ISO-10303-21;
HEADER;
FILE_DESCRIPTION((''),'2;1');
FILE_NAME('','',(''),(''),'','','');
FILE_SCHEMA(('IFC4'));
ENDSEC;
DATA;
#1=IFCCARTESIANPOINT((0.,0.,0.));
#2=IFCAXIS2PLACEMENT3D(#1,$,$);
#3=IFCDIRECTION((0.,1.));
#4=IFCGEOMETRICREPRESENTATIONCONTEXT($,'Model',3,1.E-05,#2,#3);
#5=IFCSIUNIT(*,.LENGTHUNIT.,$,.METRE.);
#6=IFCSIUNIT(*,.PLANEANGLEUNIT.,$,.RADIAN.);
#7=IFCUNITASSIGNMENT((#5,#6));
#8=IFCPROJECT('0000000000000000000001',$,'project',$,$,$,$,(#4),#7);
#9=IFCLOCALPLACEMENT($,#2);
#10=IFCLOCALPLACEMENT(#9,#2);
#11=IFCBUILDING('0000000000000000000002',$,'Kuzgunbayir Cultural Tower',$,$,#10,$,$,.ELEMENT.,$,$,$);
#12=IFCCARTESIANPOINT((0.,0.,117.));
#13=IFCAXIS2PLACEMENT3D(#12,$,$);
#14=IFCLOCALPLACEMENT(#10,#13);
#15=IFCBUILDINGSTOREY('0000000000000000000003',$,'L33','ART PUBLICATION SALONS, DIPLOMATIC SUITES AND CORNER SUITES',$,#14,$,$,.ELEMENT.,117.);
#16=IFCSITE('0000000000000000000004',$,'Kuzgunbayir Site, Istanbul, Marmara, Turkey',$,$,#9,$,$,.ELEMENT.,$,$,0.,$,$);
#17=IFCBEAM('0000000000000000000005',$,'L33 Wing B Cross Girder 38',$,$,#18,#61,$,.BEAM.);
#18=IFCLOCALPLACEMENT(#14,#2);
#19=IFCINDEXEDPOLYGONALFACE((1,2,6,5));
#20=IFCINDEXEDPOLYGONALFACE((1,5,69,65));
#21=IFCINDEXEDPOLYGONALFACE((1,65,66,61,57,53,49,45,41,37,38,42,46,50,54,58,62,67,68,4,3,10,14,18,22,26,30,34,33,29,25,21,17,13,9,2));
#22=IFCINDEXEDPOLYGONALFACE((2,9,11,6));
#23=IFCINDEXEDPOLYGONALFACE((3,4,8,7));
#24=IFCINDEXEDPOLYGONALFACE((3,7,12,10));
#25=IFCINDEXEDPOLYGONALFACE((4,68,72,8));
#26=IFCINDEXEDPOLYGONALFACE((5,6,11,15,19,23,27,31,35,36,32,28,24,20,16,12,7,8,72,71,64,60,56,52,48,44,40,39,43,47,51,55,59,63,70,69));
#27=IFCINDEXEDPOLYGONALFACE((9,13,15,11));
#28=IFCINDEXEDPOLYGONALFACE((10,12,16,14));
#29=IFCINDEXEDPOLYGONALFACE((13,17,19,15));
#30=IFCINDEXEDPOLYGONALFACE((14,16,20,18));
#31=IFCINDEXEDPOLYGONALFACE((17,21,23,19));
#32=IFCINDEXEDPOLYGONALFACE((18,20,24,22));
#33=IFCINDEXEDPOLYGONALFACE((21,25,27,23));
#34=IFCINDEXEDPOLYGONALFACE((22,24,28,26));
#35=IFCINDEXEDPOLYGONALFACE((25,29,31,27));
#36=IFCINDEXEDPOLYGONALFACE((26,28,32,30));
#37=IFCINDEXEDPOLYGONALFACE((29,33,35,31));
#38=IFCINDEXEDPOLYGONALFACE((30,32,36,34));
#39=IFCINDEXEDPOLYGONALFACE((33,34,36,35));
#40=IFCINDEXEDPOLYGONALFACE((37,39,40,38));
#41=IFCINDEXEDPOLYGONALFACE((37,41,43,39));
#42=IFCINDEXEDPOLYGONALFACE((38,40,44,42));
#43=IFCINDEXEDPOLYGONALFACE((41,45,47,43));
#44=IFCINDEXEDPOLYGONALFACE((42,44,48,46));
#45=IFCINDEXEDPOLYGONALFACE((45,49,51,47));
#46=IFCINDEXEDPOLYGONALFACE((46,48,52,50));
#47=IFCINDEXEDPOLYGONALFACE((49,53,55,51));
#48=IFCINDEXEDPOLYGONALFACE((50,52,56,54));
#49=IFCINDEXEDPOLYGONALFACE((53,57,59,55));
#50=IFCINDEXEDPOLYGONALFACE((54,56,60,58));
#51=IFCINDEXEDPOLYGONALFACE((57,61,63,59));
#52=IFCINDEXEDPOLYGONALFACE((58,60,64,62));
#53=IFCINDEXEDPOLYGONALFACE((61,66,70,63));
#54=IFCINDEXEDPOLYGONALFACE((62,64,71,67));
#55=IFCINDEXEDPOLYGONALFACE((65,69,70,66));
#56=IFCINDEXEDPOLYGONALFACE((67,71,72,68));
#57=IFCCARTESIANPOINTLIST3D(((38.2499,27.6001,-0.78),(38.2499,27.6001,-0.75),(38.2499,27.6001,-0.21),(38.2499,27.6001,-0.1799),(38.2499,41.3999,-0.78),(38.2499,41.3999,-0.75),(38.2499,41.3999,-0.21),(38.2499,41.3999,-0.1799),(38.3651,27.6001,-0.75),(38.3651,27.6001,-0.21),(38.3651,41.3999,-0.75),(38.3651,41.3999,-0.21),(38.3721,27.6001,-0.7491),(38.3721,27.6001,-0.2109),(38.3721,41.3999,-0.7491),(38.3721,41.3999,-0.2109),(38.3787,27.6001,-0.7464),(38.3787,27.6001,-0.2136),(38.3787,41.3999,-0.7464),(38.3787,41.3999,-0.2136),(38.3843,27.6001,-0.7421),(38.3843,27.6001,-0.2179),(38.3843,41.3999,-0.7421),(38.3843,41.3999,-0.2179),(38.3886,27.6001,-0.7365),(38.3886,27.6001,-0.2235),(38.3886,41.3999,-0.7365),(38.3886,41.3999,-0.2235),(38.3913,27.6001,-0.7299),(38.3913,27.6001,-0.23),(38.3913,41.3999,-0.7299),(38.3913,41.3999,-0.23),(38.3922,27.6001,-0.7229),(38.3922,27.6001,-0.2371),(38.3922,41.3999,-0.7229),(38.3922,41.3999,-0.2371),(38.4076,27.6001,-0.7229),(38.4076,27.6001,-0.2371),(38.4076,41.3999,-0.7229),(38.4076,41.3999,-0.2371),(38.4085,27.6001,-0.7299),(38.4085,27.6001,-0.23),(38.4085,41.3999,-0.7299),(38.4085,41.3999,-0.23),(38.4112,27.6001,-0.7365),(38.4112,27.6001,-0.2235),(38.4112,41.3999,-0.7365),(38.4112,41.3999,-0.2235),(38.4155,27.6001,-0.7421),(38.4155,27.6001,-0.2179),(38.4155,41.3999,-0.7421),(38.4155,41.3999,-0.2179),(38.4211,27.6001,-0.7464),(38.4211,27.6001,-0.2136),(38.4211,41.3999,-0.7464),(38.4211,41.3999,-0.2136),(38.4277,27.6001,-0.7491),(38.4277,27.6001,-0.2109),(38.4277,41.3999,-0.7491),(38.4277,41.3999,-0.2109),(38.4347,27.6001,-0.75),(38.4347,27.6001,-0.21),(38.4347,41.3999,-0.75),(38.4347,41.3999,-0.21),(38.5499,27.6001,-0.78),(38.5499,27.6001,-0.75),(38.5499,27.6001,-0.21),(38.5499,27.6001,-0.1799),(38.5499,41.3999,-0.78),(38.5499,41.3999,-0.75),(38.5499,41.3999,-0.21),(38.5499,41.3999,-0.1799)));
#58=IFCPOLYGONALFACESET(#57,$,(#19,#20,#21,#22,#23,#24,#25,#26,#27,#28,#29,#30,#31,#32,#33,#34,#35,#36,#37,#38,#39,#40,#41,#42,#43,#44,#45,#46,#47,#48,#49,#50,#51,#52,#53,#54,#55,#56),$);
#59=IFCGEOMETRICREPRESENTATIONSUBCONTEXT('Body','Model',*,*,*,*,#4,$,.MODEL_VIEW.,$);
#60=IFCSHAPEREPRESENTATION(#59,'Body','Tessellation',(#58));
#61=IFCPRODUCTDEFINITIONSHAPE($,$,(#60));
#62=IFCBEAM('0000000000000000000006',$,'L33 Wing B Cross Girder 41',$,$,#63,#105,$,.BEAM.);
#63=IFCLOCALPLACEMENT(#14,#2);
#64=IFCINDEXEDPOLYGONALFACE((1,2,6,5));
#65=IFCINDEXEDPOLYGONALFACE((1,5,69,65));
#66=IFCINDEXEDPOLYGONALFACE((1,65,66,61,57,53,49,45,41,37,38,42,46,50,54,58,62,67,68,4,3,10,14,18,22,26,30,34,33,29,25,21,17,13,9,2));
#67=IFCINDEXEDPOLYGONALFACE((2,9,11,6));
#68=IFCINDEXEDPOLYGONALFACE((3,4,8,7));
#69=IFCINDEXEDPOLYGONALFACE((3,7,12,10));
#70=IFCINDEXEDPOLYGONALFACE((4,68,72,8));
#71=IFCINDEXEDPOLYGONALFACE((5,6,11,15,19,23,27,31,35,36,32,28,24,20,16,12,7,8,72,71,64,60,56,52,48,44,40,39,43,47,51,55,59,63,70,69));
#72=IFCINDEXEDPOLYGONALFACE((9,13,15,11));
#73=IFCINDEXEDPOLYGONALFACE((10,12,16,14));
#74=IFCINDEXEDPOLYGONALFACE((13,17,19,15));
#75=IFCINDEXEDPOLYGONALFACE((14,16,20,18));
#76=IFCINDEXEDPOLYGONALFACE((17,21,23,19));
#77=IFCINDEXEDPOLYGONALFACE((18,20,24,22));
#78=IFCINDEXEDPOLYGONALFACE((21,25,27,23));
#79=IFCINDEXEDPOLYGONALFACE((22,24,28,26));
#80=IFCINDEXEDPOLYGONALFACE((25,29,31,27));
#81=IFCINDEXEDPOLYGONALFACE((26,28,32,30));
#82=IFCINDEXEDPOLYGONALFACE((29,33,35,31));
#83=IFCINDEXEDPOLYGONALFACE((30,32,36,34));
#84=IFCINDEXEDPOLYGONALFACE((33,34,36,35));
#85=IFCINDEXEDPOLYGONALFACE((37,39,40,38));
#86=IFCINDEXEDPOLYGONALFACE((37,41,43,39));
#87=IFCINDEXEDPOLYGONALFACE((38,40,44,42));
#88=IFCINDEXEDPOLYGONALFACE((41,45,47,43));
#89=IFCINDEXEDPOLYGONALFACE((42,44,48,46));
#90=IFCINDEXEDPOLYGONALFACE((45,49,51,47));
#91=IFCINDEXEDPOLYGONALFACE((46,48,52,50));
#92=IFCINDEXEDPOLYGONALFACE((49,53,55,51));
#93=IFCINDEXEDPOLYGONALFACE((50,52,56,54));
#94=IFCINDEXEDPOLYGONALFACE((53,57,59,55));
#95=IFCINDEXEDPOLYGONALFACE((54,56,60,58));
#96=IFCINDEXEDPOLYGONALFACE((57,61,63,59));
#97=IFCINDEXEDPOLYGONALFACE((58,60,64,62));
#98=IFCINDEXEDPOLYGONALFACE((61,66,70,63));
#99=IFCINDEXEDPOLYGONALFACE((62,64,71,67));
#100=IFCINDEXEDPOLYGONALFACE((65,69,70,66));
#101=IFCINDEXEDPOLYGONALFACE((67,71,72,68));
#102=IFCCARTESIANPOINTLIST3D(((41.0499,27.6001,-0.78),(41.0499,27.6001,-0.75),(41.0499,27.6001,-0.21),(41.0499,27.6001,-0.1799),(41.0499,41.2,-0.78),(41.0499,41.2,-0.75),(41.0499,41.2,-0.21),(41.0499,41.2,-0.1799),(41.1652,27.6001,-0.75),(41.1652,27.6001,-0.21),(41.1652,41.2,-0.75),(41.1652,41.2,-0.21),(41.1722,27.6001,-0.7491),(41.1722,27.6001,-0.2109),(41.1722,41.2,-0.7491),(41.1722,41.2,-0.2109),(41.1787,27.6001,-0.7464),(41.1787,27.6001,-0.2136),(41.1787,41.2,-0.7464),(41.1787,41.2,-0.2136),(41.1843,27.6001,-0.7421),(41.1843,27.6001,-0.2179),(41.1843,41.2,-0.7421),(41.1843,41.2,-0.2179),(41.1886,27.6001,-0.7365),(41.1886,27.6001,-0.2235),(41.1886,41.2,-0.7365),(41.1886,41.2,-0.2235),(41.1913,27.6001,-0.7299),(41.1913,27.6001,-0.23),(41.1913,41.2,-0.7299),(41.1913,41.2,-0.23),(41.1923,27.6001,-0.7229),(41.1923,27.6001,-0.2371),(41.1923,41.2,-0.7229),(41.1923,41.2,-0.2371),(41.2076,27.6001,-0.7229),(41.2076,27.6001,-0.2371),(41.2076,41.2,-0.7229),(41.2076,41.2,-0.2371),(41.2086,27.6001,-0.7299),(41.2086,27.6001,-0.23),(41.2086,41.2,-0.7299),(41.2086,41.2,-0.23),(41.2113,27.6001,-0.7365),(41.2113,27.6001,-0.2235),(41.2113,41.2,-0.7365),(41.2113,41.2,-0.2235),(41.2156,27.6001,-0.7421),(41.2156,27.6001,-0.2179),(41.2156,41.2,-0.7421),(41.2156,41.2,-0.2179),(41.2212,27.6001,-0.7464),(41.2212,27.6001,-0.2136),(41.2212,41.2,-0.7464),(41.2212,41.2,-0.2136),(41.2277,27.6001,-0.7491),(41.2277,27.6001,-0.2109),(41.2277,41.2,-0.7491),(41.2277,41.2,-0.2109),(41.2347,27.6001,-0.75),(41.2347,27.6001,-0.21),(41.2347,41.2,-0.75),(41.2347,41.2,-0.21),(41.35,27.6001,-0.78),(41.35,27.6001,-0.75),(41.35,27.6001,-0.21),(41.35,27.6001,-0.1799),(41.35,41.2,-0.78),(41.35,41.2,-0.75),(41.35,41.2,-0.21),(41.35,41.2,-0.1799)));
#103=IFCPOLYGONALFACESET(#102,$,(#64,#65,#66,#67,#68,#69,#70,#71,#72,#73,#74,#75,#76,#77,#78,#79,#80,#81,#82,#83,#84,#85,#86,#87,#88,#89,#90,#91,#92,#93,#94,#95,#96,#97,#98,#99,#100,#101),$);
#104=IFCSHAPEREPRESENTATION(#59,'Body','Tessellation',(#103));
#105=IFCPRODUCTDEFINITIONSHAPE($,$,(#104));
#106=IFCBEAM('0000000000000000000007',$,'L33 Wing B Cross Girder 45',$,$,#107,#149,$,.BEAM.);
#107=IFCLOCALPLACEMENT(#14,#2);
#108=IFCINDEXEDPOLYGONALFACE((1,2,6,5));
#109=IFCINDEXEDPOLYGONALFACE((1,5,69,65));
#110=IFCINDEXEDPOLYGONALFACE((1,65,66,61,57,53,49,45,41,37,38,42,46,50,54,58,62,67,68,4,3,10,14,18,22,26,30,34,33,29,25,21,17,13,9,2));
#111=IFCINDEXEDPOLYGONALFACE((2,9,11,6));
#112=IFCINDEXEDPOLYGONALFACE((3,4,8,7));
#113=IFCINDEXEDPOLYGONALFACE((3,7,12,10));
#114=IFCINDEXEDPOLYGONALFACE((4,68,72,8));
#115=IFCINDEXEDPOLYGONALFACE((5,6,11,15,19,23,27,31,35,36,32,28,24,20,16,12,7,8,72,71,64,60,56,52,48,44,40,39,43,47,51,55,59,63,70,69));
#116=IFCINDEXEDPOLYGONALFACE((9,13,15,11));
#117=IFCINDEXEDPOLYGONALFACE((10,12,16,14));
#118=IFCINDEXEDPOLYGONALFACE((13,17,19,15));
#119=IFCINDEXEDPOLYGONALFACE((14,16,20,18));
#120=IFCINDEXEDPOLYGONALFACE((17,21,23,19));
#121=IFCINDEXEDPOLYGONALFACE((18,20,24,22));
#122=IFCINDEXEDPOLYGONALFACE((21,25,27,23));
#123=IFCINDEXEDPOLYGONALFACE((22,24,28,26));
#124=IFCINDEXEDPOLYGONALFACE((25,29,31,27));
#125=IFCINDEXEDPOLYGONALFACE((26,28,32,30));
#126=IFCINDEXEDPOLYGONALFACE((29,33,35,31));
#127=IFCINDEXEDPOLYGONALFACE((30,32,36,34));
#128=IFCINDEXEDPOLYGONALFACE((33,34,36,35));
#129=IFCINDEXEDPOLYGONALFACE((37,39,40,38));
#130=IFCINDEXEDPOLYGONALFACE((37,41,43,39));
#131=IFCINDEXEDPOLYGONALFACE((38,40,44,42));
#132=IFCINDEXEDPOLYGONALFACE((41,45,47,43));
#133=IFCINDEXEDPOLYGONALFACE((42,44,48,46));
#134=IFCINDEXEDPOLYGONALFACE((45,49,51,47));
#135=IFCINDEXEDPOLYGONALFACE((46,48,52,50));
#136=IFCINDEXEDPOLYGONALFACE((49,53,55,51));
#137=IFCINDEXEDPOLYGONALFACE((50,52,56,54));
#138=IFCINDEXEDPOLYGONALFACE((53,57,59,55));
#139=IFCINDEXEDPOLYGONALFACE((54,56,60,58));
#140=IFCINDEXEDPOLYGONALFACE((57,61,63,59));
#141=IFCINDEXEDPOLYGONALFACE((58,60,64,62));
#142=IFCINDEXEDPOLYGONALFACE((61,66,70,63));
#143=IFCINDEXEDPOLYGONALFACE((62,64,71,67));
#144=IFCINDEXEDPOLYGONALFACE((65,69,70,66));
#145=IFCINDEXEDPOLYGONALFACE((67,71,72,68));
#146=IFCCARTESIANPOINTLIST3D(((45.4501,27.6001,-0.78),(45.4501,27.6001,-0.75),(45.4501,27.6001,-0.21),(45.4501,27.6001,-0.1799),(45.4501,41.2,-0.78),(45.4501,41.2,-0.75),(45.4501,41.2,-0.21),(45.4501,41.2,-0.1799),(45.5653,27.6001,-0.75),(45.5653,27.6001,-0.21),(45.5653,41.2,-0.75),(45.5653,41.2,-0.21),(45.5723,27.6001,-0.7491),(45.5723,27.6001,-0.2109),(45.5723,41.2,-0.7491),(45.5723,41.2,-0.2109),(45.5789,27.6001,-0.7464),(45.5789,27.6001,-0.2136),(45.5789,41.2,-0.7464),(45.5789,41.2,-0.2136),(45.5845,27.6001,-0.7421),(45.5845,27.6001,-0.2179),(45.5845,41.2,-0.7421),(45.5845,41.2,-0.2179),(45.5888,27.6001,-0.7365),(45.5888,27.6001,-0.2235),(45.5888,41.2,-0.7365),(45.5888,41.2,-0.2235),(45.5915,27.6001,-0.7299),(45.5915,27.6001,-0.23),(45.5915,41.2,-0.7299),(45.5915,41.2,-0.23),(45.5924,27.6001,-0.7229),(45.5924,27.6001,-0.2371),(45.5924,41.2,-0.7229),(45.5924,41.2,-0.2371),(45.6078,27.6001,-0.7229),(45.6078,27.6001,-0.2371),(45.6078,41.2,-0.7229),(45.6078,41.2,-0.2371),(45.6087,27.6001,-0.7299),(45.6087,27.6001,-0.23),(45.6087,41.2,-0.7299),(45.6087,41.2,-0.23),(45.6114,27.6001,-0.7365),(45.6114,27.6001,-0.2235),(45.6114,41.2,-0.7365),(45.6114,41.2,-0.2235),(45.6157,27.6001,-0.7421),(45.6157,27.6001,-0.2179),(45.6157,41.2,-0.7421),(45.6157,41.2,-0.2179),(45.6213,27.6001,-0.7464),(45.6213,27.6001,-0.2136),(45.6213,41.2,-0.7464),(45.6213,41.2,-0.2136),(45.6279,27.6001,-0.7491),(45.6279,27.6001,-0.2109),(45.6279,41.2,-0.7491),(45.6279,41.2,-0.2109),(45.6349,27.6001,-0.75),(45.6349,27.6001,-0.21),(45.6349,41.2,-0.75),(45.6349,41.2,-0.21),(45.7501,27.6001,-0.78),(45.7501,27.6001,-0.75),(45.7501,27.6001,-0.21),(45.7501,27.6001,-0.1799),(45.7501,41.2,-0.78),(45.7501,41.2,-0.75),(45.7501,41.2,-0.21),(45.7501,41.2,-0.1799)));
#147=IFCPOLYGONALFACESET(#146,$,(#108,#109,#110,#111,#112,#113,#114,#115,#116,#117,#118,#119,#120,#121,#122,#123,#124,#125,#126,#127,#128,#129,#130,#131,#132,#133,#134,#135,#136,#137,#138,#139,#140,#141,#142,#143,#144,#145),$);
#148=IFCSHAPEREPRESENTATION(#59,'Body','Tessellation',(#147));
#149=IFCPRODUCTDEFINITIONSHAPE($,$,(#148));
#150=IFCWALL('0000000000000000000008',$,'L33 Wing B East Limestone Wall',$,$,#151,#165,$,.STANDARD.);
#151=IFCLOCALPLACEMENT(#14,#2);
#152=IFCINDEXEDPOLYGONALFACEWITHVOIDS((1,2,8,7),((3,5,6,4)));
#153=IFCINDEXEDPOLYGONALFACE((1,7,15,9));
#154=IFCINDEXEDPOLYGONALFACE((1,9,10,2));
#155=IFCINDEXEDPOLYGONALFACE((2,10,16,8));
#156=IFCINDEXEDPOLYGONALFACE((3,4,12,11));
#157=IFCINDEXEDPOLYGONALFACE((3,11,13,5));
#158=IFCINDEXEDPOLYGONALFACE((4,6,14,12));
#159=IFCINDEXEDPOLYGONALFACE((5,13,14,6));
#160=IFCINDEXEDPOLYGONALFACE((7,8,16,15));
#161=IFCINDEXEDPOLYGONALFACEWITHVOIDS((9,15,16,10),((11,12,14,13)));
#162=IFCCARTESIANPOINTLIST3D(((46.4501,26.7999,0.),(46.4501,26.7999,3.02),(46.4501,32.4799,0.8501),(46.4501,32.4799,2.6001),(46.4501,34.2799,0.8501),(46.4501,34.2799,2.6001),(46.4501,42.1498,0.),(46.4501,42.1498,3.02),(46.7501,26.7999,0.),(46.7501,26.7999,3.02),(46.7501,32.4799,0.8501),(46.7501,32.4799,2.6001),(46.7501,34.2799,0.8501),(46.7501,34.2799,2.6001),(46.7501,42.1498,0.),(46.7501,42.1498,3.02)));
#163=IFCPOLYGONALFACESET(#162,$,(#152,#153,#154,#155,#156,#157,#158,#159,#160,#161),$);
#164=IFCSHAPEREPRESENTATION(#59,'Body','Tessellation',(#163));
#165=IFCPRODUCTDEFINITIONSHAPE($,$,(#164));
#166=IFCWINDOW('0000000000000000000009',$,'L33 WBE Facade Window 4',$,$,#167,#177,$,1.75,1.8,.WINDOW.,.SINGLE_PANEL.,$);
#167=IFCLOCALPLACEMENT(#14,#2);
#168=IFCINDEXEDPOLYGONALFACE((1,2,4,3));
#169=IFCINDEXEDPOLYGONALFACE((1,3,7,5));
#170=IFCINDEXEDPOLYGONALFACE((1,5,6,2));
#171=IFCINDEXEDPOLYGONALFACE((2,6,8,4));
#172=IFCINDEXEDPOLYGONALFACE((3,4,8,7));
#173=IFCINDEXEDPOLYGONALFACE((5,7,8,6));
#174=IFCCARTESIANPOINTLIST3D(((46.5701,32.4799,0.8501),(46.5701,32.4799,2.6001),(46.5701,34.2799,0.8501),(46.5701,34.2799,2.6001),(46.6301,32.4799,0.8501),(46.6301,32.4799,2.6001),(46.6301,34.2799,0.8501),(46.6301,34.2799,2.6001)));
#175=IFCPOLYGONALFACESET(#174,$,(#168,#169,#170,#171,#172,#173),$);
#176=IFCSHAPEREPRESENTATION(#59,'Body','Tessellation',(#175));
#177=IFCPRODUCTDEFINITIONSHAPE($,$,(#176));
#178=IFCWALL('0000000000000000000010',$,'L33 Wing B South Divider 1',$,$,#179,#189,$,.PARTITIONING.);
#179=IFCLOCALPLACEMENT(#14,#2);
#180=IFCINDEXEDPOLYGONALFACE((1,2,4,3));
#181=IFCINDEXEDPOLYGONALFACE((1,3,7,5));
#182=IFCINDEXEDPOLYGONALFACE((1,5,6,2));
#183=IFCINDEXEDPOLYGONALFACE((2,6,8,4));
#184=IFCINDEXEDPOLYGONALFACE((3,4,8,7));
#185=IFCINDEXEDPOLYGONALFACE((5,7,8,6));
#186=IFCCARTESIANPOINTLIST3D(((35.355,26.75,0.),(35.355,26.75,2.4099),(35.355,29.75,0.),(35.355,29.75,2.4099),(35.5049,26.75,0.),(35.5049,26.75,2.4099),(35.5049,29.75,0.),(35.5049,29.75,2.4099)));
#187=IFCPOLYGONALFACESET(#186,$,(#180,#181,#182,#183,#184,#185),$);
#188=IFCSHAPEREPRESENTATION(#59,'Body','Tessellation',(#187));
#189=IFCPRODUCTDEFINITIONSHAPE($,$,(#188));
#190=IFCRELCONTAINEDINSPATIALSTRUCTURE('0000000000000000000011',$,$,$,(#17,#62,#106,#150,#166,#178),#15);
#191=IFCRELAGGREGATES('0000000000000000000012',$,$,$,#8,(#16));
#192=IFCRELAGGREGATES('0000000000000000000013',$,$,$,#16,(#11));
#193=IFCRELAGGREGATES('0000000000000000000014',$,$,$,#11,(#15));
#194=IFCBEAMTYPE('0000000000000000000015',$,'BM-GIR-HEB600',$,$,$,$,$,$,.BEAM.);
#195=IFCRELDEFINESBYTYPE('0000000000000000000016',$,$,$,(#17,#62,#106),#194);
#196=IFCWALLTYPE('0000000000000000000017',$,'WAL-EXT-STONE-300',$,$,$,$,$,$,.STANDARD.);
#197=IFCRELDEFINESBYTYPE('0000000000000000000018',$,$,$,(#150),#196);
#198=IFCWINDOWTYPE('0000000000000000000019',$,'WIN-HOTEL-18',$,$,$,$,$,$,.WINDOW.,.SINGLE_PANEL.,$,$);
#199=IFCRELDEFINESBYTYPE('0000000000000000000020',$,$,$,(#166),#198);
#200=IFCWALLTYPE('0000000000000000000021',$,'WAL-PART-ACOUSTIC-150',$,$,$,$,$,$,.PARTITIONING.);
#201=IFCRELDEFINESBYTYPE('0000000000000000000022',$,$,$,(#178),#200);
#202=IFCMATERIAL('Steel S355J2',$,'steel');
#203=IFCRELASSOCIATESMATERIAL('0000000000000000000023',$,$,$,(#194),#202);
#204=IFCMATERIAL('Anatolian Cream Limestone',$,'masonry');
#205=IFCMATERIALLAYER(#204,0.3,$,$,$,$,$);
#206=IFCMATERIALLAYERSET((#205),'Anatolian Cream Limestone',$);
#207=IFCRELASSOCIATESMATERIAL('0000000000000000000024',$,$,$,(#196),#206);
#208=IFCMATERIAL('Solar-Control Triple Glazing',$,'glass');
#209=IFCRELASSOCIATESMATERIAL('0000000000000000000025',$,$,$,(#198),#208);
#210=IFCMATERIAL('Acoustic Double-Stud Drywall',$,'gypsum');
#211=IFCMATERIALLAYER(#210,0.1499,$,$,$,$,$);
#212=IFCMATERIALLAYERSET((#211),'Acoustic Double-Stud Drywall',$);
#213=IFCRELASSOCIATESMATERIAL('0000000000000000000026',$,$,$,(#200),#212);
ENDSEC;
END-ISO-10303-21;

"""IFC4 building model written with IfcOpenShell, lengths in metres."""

from ifc_helpers import new_model, si_unit, direction, frame, frame_2d, origin, origin_2d, place, context, subcontext, project, spatial, rectangle, i_section, extrude, material, layer, layer_set, material_profile, profile_set, type_object, element, fill, save


model = new_model("IFC4")

# Units and contexts
model_context = context("Model", 3, precision=1e-05, world=origin(), true_north=direction((0.0, 1.0)))
body_context = subcontext(model_context, "Body", "Model", "MODEL_VIEW")
ifc_project = project(units=[si_unit("LENGTHUNIT", "METRE"), si_unit("PLANEANGLEUNIT", "RADIAN")], contexts=[model_context])

# Site, building, storey
site_placement = place(None, origin())
site = spatial("IfcSite", under=ifc_project, at=site_placement, Name="Kuzgunbayir Site, Istanbul, Marmara, Turkey", CompositionType="ELEMENT", RefElevation=0.0)
building_placement = place(site_placement, origin())
building = spatial("IfcBuilding", under=site, at=building_placement, Name="Kuzgunbayir Cultural Tower", CompositionType="ELEMENT")
storey_placement = place(building_placement, frame((0.0, 0.0, 117.0)))
storey = spatial("IfcBuildingStorey", under=building, at=storey_placement, Name="L33", Description="ART PUBLICATION SALONS, DIPLOMATIC SUITES AND CORNER SUITES", CompositionType="ELEMENT", Elevation=117.0)

# Beams
ifc_material_1 = material(Name="Steel S355J2", Category="steel")
ifc_material_profile_1 = material_profile(ifc_material_1, i_section(OverallWidth=0.3, OverallDepth=0.6001, WebThickness=0.0154, FlangeThickness=0.03, FilletRadius=0.0271, at=origin_2d()), Name="HEB 600")
ifc_profile_set_1 = profile_set([ifc_material_profile_1], Name="Steel S355J2")
beam_type_1 = type_object("IfcBeamType", Name="BM-GIR-HEB600", PredefinedType="BEAM", material=ifc_profile_set_1)
beam_1_placement = place(storey_placement, frame((38.3999, 27.6001, -0.48), z_axis=(0.0, 1.0, 0.0), x_axis=(-1.0, 0.0, 0.0)))
element("IfcBeam", 1, at=beam_1_placement, inside=storey, type_object=beam_type_1, Name="L33 Wing B Cross Girder 38", PredefinedType="BEAM", context=body_context, shape_type="SweptSolid", body=[
    extrude(i_section(OverallWidth=0.3, OverallDepth=0.6001, WebThickness=0.0154, FlangeThickness=0.03, FilletRadius=0.0271, at=origin_2d()), origin(), (0.0, 0.0, 1.0), 13.7998),
])
for number, where, z_axis, x_axis, name in (
    (2, (41.2, 27.6001, -0.48), (0.0, 1.0, 0.0), (-1.0, 0.0, 0.0), "L33 Wing B Cross Girder 41"),
    (3, (45.6001, 27.6001, -0.48), (0.0, 1.0, 0.0), (-1.0, 0.0, 0.0), "L33 Wing B Cross Girder 45"),
):
    element("IfcBeam", number, at=place(storey_placement, frame(where, z_axis=z_axis, x_axis=x_axis)), inside=storey, type_object=beam_type_1, Name=name, PredefinedType="BEAM", context=body_context, shape_type="SweptSolid", body=[
        extrude(i_section(OverallWidth=0.3, OverallDepth=0.6001, WebThickness=0.0154, FlangeThickness=0.03, FilletRadius=0.0271, at=origin_2d()), origin(), (0.0, 0.0, 1.0), 13.5999),
    ])

# Wall, opening, window
ifc_material_2 = material(Name="Anatolian Cream Limestone", Category="masonry")
ifc_layer_1 = layer(ifc_material_2, 0.3)
ifc_layer_set_1 = layer_set([ifc_layer_1], Name="Anatolian Cream Limestone")
wall_type_1 = type_object("IfcWallType", Name="WAL-EXT-STONE-300", PredefinedType="STANDARD", material=ifc_layer_set_1)
wall_1_placement = place(storey_placement, frame((46.6001, 26.8, 0.0), z_axis=(0.0, 0.0, 1.0), x_axis=(0.0, 1.0, 0.0)))
wall_1 = element("IfcWall", 4, at=wall_1_placement, inside=storey, type_object=wall_type_1, Name="L33 Wing B East Limestone Wall", PredefinedType="STANDARD", context=body_context, shape_type="SweptSolid", body=[
    extrude(rectangle(XDim=15.3499, YDim=0.3, at=frame_2d((7.6748, 0.0))), origin(), (0.0, 0.0, 1.0), 3.02),
])
opening_1_placement = place(wall_1_placement, frame((5.6799, 0.0, 0.8501)))
opening_1 = element("IfcOpeningElement", 5, at=opening_1_placement, cuts=wall_1, PredefinedType="OPENING", context=body_context, shape_type="SweptSolid", body=[
    extrude(rectangle(XDim=1.8, YDim=1.75, at=frame_2d((0.8999, 0.875))), frame((0.0, 0.1602, 0.0), z_axis=(0.0, -1.0, 0.0), x_axis=(1.0, 0.0, 0.0)), (0.0, 0.0, 1.0), 0.3201),
])
ifc_material_3 = material(Name="Solar-Control Triple Glazing", Category="glass")
window_type = type_object("IfcWindowType", Name="WIN-HOTEL-18", PartitioningType="SINGLE_PANEL", PredefinedType="WINDOW", material=ifc_material_3)
window_placement = place(opening_1_placement, origin())
window = element("IfcWindow", 6, at=window_placement, inside=storey, type_object=window_type, Name="L33 WBE Facade Window 4", OverallHeight=1.75, OverallWidth=1.8, PartitioningType="SINGLE_PANEL", PredefinedType="WINDOW", context=body_context, shape_type="SweptSolid", body=[
    extrude(rectangle(XDim=1.8, YDim=1.75, at=frame_2d((0.8999, 0.875))), frame((0.0, 0.03, 0.0), z_axis=(0.0, -1.0, 0.0), x_axis=(1.0, 0.0, 0.0)), (0.0, 0.0, 1.0), 0.0601),
])
fill(opening_1, window)

# Wall
ifc_material_4 = material(Name="Acoustic Double-Stud Drywall", Category="gypsum")
ifc_layer_2 = layer(ifc_material_4, 0.1499)
ifc_layer_set_2 = layer_set([ifc_layer_2], Name="Acoustic Double-Stud Drywall")
wall_type_2 = type_object("IfcWallType", Name="WAL-PART-ACOUSTIC-150", PredefinedType="PARTITIONING", material=ifc_layer_set_2)
wall_2_placement = place(storey_placement, frame((35.4299, 26.75, 0.0), z_axis=(0.0, 0.0, 1.0), x_axis=(0.0, 1.0, 0.0)))
element("IfcWall", 7, at=wall_2_placement, inside=storey, type_object=wall_type_2, Name="L33 Wing B South Divider 1", PredefinedType="PARTITIONING", context=body_context, shape_type="SweptSolid", body=[
    extrude(rectangle(XDim=3.0, YDim=0.1499, at=frame_2d((1.5, 0.0))), origin(), (0.0, 0.0, 1.0), 2.4099),
])

save(model, "model.ifc")
